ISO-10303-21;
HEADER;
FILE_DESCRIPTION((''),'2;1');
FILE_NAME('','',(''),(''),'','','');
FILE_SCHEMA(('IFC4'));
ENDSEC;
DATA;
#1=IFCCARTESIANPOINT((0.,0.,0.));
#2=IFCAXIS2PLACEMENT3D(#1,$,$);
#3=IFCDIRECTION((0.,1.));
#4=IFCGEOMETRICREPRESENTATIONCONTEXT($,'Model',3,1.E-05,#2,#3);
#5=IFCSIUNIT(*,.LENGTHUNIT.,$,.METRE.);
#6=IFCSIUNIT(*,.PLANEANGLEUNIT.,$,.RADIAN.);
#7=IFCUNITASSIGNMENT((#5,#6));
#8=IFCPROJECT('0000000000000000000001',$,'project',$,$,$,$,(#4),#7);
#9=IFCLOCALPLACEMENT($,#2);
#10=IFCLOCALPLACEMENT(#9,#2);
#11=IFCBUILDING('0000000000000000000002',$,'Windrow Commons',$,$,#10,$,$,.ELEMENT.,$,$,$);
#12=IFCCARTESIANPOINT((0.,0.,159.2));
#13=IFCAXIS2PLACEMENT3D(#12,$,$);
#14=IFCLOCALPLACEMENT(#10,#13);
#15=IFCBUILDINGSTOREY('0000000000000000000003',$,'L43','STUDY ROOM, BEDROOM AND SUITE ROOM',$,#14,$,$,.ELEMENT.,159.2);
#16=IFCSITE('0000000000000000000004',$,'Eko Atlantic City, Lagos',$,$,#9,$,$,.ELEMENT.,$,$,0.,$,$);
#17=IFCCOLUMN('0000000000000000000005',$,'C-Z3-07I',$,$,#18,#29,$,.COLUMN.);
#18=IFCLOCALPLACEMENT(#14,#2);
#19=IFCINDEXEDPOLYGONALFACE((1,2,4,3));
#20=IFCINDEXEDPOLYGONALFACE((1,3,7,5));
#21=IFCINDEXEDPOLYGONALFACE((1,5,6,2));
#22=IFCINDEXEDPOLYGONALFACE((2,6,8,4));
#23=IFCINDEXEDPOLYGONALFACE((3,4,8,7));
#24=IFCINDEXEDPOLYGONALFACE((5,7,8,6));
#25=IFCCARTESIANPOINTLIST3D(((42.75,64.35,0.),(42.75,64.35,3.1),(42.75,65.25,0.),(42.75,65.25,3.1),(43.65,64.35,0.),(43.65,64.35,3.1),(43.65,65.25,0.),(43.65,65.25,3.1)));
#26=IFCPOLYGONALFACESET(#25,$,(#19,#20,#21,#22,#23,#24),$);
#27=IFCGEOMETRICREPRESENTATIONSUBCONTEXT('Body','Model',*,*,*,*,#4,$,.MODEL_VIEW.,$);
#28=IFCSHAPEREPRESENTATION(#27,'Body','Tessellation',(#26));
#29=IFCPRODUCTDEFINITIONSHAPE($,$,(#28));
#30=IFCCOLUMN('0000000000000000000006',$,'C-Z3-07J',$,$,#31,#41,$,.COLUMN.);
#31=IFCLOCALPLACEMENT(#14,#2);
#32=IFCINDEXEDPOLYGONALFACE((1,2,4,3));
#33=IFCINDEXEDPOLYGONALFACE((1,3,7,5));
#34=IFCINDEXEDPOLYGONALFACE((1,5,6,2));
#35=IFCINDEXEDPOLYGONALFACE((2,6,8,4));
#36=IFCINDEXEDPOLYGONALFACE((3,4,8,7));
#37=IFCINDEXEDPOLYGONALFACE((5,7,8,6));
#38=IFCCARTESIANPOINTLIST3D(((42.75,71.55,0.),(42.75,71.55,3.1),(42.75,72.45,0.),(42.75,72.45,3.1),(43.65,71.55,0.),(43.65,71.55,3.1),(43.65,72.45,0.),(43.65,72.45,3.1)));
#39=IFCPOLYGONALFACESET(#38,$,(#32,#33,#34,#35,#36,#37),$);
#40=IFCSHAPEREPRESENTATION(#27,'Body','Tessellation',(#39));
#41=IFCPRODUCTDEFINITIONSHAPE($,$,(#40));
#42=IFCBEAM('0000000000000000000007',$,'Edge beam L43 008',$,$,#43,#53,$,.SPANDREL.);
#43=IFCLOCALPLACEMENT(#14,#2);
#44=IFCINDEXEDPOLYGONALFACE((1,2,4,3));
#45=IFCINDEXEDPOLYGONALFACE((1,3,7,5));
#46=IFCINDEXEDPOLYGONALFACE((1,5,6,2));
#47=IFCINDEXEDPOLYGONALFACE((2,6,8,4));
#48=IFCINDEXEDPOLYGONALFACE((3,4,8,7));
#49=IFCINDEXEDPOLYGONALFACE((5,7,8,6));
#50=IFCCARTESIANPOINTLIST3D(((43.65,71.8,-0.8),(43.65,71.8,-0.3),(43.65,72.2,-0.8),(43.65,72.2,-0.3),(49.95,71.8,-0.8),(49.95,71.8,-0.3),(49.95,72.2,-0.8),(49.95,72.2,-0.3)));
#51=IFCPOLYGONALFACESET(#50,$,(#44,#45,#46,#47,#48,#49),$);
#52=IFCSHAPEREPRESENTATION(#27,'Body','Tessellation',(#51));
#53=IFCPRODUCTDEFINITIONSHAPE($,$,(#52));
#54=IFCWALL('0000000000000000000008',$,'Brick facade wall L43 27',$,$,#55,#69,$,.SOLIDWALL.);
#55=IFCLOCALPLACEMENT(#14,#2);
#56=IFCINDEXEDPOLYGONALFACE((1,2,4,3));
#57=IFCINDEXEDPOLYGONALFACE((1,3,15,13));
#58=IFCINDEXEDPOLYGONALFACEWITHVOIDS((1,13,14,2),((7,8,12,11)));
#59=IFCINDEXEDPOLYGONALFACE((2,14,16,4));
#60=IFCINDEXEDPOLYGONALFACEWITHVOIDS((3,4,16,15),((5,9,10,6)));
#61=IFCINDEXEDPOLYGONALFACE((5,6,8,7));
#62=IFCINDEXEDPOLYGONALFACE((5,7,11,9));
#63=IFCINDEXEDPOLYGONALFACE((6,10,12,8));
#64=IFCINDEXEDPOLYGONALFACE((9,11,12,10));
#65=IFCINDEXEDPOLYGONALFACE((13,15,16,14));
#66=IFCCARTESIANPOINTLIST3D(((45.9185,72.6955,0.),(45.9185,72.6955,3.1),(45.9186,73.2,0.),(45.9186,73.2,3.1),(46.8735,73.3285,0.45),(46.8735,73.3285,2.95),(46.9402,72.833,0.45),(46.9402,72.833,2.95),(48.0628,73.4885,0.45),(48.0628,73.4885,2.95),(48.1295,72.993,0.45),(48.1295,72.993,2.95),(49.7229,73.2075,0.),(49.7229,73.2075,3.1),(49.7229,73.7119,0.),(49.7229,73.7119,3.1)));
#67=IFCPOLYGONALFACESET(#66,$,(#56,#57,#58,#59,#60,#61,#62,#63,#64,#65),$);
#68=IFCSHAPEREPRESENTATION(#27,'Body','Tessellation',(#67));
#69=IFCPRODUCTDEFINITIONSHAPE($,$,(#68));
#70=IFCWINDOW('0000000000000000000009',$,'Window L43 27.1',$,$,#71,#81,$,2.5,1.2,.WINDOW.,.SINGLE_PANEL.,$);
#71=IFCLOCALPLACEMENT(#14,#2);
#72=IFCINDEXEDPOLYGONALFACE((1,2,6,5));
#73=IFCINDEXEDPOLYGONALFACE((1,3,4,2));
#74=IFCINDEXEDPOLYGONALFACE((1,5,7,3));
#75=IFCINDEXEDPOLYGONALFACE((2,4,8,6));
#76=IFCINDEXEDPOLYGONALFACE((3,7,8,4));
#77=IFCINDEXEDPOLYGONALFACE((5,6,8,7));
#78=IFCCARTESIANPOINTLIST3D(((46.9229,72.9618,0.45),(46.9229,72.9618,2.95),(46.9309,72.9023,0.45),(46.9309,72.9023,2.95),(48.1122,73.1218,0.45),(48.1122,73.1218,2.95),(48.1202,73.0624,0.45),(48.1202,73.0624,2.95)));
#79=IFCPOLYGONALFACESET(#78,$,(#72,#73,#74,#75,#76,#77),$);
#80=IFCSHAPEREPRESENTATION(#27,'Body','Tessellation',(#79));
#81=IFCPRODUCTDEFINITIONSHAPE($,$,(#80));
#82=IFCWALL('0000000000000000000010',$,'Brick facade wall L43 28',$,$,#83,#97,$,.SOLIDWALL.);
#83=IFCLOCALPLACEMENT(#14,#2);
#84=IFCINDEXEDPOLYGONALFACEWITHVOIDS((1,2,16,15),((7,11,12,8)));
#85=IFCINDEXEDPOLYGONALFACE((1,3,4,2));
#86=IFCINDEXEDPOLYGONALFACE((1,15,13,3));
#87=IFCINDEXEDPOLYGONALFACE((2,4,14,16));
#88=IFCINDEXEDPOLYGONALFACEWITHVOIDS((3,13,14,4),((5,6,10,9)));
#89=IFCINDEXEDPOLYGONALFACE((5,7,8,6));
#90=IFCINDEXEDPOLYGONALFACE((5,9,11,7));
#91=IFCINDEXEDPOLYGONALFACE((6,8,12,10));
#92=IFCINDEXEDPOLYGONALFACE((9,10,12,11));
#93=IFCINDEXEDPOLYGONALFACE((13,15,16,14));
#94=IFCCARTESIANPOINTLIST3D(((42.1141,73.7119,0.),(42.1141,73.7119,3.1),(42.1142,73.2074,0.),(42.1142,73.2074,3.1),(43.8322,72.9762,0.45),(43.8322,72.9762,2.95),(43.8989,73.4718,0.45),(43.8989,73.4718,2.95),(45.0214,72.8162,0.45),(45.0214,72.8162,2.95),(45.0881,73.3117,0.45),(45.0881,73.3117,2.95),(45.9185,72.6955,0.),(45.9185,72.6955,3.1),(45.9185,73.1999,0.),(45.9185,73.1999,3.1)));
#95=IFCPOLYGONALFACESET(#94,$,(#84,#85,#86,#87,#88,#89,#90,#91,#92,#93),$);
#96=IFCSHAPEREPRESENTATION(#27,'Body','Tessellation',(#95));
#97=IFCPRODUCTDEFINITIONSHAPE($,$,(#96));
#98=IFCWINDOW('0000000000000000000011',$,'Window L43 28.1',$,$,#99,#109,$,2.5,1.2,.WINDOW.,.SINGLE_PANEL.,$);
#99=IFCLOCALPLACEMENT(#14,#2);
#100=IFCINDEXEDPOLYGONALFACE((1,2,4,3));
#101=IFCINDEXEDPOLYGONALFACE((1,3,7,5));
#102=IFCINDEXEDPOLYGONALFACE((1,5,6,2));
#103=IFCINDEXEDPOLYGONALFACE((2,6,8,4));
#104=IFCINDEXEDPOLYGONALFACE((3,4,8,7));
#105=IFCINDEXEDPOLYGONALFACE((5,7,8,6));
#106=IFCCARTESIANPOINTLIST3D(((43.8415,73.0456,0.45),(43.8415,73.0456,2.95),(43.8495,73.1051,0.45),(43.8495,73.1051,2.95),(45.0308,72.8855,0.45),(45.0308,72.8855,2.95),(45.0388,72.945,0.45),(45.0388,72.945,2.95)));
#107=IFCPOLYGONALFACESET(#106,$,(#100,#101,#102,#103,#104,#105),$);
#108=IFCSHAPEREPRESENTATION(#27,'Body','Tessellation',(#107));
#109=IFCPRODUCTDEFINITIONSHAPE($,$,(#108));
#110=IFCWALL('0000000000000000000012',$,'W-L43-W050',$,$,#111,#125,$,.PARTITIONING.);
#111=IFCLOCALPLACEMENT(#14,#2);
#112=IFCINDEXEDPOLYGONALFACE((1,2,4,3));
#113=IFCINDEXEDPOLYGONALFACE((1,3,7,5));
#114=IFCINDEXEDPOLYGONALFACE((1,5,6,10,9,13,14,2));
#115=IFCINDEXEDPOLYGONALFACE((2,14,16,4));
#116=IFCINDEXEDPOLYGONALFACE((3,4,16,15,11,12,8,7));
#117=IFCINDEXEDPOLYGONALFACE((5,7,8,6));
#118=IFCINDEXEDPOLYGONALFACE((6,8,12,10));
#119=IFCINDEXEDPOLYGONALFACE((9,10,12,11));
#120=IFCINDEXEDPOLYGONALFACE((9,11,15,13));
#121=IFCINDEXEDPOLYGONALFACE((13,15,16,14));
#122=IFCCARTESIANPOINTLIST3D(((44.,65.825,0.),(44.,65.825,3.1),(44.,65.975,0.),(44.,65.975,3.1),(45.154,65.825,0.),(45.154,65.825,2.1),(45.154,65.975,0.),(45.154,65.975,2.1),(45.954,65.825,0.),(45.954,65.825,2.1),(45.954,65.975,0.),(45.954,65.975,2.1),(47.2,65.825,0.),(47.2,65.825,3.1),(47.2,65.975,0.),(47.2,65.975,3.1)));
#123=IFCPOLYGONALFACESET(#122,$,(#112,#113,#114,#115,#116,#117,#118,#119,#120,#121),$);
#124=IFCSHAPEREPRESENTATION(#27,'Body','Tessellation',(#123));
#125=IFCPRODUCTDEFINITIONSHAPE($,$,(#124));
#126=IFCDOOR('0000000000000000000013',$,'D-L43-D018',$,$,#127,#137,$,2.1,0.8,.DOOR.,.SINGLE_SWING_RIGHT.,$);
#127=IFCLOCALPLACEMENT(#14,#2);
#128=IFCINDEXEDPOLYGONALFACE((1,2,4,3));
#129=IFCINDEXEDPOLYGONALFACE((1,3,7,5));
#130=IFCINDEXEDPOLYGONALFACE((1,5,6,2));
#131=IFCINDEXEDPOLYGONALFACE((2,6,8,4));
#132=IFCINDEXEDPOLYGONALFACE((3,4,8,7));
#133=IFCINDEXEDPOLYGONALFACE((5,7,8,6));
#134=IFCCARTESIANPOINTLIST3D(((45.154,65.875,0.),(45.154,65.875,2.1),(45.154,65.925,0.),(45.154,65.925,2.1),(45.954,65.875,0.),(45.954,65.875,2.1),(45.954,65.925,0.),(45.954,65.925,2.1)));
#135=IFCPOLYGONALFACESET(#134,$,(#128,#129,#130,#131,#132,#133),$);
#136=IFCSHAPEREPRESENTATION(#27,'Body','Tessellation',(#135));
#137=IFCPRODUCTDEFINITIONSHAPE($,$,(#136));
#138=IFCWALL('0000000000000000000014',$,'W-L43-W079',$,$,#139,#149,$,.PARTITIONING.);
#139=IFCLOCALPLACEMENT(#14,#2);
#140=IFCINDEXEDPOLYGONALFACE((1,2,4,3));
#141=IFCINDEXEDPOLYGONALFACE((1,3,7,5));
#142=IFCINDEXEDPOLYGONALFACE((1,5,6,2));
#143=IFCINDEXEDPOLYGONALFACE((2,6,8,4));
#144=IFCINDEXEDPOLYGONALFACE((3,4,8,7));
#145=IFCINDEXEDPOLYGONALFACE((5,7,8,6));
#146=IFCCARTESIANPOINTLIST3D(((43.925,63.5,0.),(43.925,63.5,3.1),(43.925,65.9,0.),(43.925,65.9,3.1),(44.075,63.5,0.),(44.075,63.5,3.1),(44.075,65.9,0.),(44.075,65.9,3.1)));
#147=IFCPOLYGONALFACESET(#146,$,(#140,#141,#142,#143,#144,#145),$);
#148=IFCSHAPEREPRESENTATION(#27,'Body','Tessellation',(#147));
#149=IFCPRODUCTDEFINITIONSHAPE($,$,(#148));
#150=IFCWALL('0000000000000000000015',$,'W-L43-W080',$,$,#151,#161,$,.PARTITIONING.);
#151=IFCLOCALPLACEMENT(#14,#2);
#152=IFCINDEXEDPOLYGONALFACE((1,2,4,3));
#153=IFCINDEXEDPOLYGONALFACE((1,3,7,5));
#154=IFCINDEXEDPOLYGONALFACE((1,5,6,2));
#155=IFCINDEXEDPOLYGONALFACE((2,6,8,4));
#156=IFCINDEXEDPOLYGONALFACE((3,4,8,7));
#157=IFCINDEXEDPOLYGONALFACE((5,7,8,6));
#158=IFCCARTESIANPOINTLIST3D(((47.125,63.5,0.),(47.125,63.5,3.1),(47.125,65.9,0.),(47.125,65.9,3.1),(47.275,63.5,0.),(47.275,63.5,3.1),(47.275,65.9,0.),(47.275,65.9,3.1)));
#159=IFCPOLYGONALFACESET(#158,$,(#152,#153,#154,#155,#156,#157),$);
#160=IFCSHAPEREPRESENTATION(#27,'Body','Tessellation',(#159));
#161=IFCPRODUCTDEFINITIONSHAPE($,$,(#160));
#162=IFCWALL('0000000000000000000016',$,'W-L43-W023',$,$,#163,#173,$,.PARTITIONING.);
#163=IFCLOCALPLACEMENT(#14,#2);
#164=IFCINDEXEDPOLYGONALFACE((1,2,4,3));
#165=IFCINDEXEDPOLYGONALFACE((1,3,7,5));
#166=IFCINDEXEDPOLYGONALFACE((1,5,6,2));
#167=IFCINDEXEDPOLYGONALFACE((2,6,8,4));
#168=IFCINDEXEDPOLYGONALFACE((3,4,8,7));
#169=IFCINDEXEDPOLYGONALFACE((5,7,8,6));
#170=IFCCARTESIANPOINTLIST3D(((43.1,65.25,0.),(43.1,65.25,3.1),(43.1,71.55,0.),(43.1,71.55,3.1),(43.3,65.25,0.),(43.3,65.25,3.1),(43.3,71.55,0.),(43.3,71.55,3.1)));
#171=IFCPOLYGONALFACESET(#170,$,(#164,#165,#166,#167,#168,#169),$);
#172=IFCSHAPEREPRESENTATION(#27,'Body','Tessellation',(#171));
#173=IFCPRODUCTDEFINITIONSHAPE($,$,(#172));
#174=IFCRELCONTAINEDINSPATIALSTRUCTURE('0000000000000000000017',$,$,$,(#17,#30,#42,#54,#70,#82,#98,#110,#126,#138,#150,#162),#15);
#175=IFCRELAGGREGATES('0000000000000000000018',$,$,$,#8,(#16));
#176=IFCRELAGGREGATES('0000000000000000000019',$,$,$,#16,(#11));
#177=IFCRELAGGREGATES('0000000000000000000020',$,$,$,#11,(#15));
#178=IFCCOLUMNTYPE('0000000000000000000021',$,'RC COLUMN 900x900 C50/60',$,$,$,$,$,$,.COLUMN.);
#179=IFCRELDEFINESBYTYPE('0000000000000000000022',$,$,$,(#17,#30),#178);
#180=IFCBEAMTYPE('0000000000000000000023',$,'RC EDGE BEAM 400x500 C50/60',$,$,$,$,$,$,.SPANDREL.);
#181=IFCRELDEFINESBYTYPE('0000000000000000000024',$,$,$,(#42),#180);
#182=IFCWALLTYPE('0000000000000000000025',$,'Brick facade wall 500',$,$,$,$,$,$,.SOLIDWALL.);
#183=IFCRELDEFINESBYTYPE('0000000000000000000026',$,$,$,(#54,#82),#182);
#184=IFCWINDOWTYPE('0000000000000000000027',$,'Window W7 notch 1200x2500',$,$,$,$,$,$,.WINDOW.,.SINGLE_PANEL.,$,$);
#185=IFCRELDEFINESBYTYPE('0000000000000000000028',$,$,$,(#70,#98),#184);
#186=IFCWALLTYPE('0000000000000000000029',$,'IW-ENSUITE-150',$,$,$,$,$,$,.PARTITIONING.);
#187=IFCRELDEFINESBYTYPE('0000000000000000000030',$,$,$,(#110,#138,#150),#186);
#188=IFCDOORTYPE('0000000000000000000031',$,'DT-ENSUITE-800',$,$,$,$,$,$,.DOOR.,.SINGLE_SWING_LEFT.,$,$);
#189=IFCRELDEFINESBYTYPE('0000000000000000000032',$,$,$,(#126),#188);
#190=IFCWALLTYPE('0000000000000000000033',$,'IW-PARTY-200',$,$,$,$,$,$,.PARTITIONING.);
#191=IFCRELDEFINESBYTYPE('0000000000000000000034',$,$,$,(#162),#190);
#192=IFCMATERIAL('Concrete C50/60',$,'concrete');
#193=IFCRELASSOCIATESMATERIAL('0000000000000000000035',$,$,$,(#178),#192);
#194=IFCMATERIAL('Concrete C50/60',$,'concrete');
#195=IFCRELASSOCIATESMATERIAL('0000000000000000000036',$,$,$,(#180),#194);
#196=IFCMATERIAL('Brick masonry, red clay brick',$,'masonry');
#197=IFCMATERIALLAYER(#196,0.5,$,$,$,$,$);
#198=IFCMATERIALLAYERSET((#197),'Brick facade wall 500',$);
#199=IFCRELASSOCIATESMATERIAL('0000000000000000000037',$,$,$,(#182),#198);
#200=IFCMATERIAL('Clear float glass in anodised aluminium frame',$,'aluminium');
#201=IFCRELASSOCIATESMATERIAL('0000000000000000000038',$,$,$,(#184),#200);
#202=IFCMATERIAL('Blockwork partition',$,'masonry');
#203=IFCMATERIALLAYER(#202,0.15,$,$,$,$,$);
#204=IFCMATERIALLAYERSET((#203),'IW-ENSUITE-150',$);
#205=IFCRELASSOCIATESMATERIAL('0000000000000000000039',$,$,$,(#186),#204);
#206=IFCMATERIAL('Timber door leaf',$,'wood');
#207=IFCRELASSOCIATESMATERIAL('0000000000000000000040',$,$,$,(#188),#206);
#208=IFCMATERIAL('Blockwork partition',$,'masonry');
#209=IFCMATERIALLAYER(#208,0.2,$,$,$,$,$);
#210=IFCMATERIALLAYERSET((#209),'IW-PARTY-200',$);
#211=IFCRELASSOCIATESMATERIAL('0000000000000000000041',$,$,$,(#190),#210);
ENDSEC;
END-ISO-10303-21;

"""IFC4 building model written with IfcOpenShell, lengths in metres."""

from ifc_helpers import new_model, si_unit, direction, frame, frame_2d, origin, origin_2d, place, context, subcontext, project, spatial, polyline, rectangle, outline, extrude, material, layer, layer_set, material_profile, profile_set, type_object, element, fill, save


model = new_model("IFC4")

# Units and contexts
model_context = context("Model", 3, precision=1e-05, world=origin(), true_north=direction((0.0, 1.0)))
body_context = subcontext(model_context, "Body", "Model", "MODEL_VIEW")
ifc_project = project(units=[si_unit("LENGTHUNIT", "METRE"), si_unit("PLANEANGLEUNIT", "RADIAN")], contexts=[model_context])

# Site, building, storey
site_placement = place(None, origin())
site = spatial("IfcSite", under=ifc_project, at=site_placement, Name="Eko Atlantic City, Lagos", CompositionType="ELEMENT", RefElevation=0.0)
building_placement = place(site_placement, origin())
building = spatial("IfcBuilding", under=site, at=building_placement, Name="Windrow Commons", CompositionType="ELEMENT")
storey_placement = place(building_placement, frame((0.0, 0.0, 159.2)))
storey = spatial("IfcBuildingStorey", under=building, at=storey_placement, Name="L43", Description="STUDY ROOM, BEDROOM AND SUITE ROOM", CompositionType="ELEMENT", Elevation=159.2)

# Columns
ifc_material_1 = material(Name="Concrete C50/60", Category="concrete")
ifc_material_profile_1 = material_profile(ifc_material_1, rectangle(XDim=0.9, YDim=0.9, at=origin_2d()))
ifc_profile_set_1 = profile_set([ifc_material_profile_1], Name="Concrete C50/60")
column_type = type_object("IfcColumnType", Name="RC COLUMN 900x900 C50/60", PredefinedType="COLUMN", material=ifc_profile_set_1)
for number, where, z_axis, x_axis, name in (
    (1, (43.2, 64.8, 0.0), (0.0, 0.0, 1.0), (1.0, 0.0, 0.0), "C-Z3-07I"),
    (2, (43.2, 72.0, 0.0), (0.0, 0.0, 1.0), (1.0, 0.0, 0.0), "C-Z3-07J"),
):
    element("IfcColumn", number, at=place(storey_placement, frame(where, z_axis=z_axis, x_axis=x_axis)), inside=storey, type_object=column_type, Name=name, PredefinedType="COLUMN", context=body_context, shape_type="SweptSolid", body=[
        extrude(rectangle(XDim=0.9, YDim=0.9, at=origin_2d()), origin(), (0.0, 0.0, 1.0), 3.1),
    ])

# Beam
ifc_material_2 = material(Name="Concrete C50/60", Category="concrete")
ifc_material_profile_2 = material_profile(ifc_material_2, rectangle(XDim=0.4, YDim=0.5, at=origin_2d()))
ifc_profile_set_2 = profile_set([ifc_material_profile_2], Name="Concrete C50/60")
beam_type = type_object("IfcBeamType", Name="RC EDGE BEAM 400x500 C50/60", PredefinedType="SPANDREL", material=ifc_profile_set_2)
beam_placement = place(storey_placement, frame((43.65, 72.0, -0.55), z_axis=(1.0, 0.0, 0.0), x_axis=(0.0, 1.0, 0.0)))
element("IfcBeam", 3, at=beam_placement, inside=storey, type_object=beam_type, Name="Edge beam L43 008", PredefinedType="SPANDREL", context=body_context, shape_type="SweptSolid", body=[
    extrude(rectangle(XDim=0.4, YDim=0.5, at=origin_2d()), origin(), (0.0, 0.0, 1.0), 6.3),
])

# Walls, openings, windows
ifc_material_3 = material(Name="Brick masonry, red clay brick", Category="masonry")
ifc_layer_1 = layer(ifc_material_3, 0.5)
ifc_layer_set_1 = layer_set([ifc_layer_1], Name="Brick facade wall 500")
wall_type_1 = type_object("IfcWallType", Name="Brick facade wall 500", PredefinedType="SOLIDWALL", material=ifc_layer_set_1)
wall_1_placement = place(storey_placement, frame((49.7229, 73.4597, 0.0), z_axis=(0.0, 0.0, 1.0), x_axis=(-0.991065, -0.133379, 0.0)))
wall_1 = element("IfcWall", 4, at=wall_1_placement, inside=storey, type_object=wall_type_1, Name="Brick facade wall L43 27", PredefinedType="SOLIDWALL", context=body_context, shape_type="SweptSolid", body=[
    extrude(outline(polyline([(-0.0336, -0.25), (3.805, -0.25), (3.8723, 0.25), (0.0336, 0.25), (-0.0336, -0.25)])), origin(), (0.0, 0.0, 1.0), 3.1),
])
opening_1_placement = place(wall_1_placement, frame((1.6414, 0.0, 0.45)))
opening_1 = element("IfcOpeningElement", 5, at=opening_1_placement, cuts=wall_1, PredefinedType="OPENING", context=body_context, shape_type="SweptSolid", body=[
    extrude(rectangle(XDim=1.2, YDim=2.5, at=frame_2d((0.6, 1.25))), frame((0.0, 0.26, 0.0), z_axis=(0.0, -1.0, 0.0), x_axis=(1.0, 0.0, 0.0)), (0.0, 0.0, 1.0), 0.52),
])
ifc_material_4 = material(Name="Clear float glass in anodised aluminium frame", Category="aluminium")
window_type = type_object("IfcWindowType", Name="Window W7 notch 1200x2500", PartitioningType="SINGLE_PANEL", PredefinedType="WINDOW", material=ifc_material_4)
window_1_placement = place(opening_1_placement, origin())
window_1 = element("IfcWindow", 6, at=window_1_placement, inside=storey, type_object=window_type, Name="Window L43 27.1", OverallHeight=2.5, OverallWidth=1.2, PartitioningType="SINGLE_PANEL", PredefinedType="WINDOW", context=body_context, shape_type="SweptSolid", body=[
    extrude(rectangle(XDim=1.2, YDim=2.5, at=frame_2d((0.6, 1.25))), frame((0.0, 0.18, 0.0), z_axis=(0.0, -1.0, 0.0), x_axis=(1.0, 0.0, 0.0)), (0.0, 0.0, 1.0), 0.06),
])
fill(opening_1, window_1)
wall_2_placement = place(storey_placement, frame((45.9185, 72.9477, 0.0), z_axis=(0.0, 0.0, 1.0), x_axis=(-0.991065, 0.133379, 0.0)))
wall_2 = element("IfcWall", 7, at=wall_2_placement, inside=storey, type_object=wall_type_1, Name="Brick facade wall L43 28", PredefinedType="SOLIDWALL", context=body_context, shape_type="SweptSolid", body=[
    extrude(outline(polyline([(0.0336, -0.25), (3.8723, -0.25), (3.805, 0.25), (-0.0336, 0.25), (0.0336, -0.25)])), origin(), (0.0, 0.0, 1.0), 3.1),
])
opening_2_placement = place(wall_2_placement, frame((0.8715, 0.0, 0.45)))
opening_2 = element("IfcOpeningElement", 8, at=opening_2_placement, cuts=wall_2, PredefinedType="OPENING", context=body_context, shape_type="SweptSolid", body=[
    extrude(rectangle(XDim=1.2, YDim=2.5, at=frame_2d((0.6, 1.25))), frame((0.0, 0.26, 0.0), z_axis=(0.0, -1.0, 0.0), x_axis=(1.0, 0.0, 0.0)), (0.0, 0.0, 1.0), 0.52),
])
window_2_placement = place(opening_2_placement, origin())
window_2 = element("IfcWindow", 9, at=window_2_placement, inside=storey, type_object=window_type, Name="Window L43 28.1", OverallHeight=2.5, OverallWidth=1.2, PartitioningType="SINGLE_PANEL", PredefinedType="WINDOW", context=body_context, shape_type="SweptSolid", body=[
    extrude(rectangle(XDim=1.2, YDim=2.5, at=frame_2d((0.6, 1.25))), frame((0.0, 0.18, 0.0), z_axis=(0.0, -1.0, 0.0), x_axis=(1.0, 0.0, 0.0)), (0.0, 0.0, 1.0), 0.06),
])
fill(opening_2, window_2)

# Wall, opening, door
ifc_material_5 = material(Name="Blockwork partition", Category="masonry")
ifc_layer_2 = layer(ifc_material_5, 0.15)
ifc_layer_set_2 = layer_set([ifc_layer_2], Name="IW-ENSUITE-150")
wall_type_2 = type_object("IfcWallType", Name="IW-ENSUITE-150", PredefinedType="PARTITIONING", material=ifc_layer_set_2)
wall_3_placement = place(storey_placement, frame((44.0, 65.9, 0.0), z_axis=(0.0, 0.0, 1.0), x_axis=(1.0, 0.0, 0.0)))
wall_3 = element("IfcWall", 10, at=wall_3_placement, inside=storey, type_object=wall_type_2, Name="W-L43-W050", PredefinedType="PARTITIONING", context=body_context, shape_type="SweptSolid", body=[
    extrude(rectangle(XDim=3.2, YDim=0.15, at=frame_2d((1.6, 0.0))), origin(), (0.0, 0.0, 1.0), 3.1),
])
opening_3_placement = place(wall_3_placement, frame((1.154, 0.0, 0.0)))
opening_3 = element("IfcOpeningElement", 11, at=opening_3_placement, cuts=wall_3, PredefinedType="OPENING", context=body_context, shape_type="SweptSolid", body=[
    extrude(rectangle(XDim=0.8, YDim=2.1, at=frame_2d((0.4, 1.05))), frame((0.0, 0.085, 0.0), z_axis=(0.0, -1.0, 0.0), x_axis=(1.0, 0.0, 0.0)), (0.0, 0.0, 1.0), 0.17),
])
ifc_material_6 = material(Name="Timber door leaf", Category="wood")
door_type = type_object("IfcDoorType", Name="DT-ENSUITE-800", OperationType="SINGLE_SWING_LEFT", PredefinedType="DOOR", material=ifc_material_6)
door_placement = place(opening_3_placement, origin())
door = element("IfcDoor", 12, at=door_placement, inside=storey, type_object=door_type, Name="D-L43-D018", OperationType="SINGLE_SWING_RIGHT", OverallHeight=2.1, OverallWidth=0.8, PredefinedType="DOOR", context=body_context, shape_type="SweptSolid", body=[
    extrude(rectangle(XDim=0.8, YDim=2.1, at=frame_2d((0.4, 1.05))), frame((0.0, 0.025, 0.0), z_axis=(0.0, -1.0, 0.0), x_axis=(1.0, 0.0, 0.0)), (0.0, 0.0, 1.0), 0.05),
])
fill(opening_3, door)

# Walls
for number, where, z_axis, x_axis, name in (
    (13, (44.0, 63.5, 0.0), (0.0, 0.0, 1.0), (0.0, 1.0, 0.0), "W-L43-W079"),
    (14, (47.2, 63.5, 0.0), (0.0, 0.0, 1.0), (0.0, 1.0, 0.0), "W-L43-W080"),
):
    element("IfcWall", number, at=place(storey_placement, frame(where, z_axis=z_axis, x_axis=x_axis)), inside=storey, type_object=wall_type_2, Name=name, PredefinedType="PARTITIONING", context=body_context, shape_type="SweptSolid", body=[
        extrude(rectangle(XDim=2.4, YDim=0.15, at=frame_2d((1.2, 0.0))), origin(), (0.0, 0.0, 1.0), 3.1),
    ])
ifc_material_7 = material(Name="Blockwork partition", Category="masonry")
ifc_layer_3 = layer(ifc_material_7, 0.2)
ifc_layer_set_3 = layer_set([ifc_layer_3], Name="IW-PARTY-200")
wall_type_3 = type_object("IfcWallType", Name="IW-PARTY-200", PredefinedType="PARTITIONING", material=ifc_layer_set_3)
wall_4_placement = place(storey_placement, frame((43.2, 65.25, 0.0), z_axis=(0.0, 0.0, 1.0), x_axis=(0.0, 1.0, 0.0)))
element("IfcWall", 15, at=wall_4_placement, inside=storey, type_object=wall_type_3, Name="W-L43-W023", PredefinedType="PARTITIONING", context=body_context, shape_type="SweptSolid", body=[
    extrude(rectangle(XDim=6.3, YDim=0.2, at=frame_2d((3.15, 0.0))), origin(), (0.0, 0.0, 1.0), 3.1),
])

save(model, "model.ifc")
